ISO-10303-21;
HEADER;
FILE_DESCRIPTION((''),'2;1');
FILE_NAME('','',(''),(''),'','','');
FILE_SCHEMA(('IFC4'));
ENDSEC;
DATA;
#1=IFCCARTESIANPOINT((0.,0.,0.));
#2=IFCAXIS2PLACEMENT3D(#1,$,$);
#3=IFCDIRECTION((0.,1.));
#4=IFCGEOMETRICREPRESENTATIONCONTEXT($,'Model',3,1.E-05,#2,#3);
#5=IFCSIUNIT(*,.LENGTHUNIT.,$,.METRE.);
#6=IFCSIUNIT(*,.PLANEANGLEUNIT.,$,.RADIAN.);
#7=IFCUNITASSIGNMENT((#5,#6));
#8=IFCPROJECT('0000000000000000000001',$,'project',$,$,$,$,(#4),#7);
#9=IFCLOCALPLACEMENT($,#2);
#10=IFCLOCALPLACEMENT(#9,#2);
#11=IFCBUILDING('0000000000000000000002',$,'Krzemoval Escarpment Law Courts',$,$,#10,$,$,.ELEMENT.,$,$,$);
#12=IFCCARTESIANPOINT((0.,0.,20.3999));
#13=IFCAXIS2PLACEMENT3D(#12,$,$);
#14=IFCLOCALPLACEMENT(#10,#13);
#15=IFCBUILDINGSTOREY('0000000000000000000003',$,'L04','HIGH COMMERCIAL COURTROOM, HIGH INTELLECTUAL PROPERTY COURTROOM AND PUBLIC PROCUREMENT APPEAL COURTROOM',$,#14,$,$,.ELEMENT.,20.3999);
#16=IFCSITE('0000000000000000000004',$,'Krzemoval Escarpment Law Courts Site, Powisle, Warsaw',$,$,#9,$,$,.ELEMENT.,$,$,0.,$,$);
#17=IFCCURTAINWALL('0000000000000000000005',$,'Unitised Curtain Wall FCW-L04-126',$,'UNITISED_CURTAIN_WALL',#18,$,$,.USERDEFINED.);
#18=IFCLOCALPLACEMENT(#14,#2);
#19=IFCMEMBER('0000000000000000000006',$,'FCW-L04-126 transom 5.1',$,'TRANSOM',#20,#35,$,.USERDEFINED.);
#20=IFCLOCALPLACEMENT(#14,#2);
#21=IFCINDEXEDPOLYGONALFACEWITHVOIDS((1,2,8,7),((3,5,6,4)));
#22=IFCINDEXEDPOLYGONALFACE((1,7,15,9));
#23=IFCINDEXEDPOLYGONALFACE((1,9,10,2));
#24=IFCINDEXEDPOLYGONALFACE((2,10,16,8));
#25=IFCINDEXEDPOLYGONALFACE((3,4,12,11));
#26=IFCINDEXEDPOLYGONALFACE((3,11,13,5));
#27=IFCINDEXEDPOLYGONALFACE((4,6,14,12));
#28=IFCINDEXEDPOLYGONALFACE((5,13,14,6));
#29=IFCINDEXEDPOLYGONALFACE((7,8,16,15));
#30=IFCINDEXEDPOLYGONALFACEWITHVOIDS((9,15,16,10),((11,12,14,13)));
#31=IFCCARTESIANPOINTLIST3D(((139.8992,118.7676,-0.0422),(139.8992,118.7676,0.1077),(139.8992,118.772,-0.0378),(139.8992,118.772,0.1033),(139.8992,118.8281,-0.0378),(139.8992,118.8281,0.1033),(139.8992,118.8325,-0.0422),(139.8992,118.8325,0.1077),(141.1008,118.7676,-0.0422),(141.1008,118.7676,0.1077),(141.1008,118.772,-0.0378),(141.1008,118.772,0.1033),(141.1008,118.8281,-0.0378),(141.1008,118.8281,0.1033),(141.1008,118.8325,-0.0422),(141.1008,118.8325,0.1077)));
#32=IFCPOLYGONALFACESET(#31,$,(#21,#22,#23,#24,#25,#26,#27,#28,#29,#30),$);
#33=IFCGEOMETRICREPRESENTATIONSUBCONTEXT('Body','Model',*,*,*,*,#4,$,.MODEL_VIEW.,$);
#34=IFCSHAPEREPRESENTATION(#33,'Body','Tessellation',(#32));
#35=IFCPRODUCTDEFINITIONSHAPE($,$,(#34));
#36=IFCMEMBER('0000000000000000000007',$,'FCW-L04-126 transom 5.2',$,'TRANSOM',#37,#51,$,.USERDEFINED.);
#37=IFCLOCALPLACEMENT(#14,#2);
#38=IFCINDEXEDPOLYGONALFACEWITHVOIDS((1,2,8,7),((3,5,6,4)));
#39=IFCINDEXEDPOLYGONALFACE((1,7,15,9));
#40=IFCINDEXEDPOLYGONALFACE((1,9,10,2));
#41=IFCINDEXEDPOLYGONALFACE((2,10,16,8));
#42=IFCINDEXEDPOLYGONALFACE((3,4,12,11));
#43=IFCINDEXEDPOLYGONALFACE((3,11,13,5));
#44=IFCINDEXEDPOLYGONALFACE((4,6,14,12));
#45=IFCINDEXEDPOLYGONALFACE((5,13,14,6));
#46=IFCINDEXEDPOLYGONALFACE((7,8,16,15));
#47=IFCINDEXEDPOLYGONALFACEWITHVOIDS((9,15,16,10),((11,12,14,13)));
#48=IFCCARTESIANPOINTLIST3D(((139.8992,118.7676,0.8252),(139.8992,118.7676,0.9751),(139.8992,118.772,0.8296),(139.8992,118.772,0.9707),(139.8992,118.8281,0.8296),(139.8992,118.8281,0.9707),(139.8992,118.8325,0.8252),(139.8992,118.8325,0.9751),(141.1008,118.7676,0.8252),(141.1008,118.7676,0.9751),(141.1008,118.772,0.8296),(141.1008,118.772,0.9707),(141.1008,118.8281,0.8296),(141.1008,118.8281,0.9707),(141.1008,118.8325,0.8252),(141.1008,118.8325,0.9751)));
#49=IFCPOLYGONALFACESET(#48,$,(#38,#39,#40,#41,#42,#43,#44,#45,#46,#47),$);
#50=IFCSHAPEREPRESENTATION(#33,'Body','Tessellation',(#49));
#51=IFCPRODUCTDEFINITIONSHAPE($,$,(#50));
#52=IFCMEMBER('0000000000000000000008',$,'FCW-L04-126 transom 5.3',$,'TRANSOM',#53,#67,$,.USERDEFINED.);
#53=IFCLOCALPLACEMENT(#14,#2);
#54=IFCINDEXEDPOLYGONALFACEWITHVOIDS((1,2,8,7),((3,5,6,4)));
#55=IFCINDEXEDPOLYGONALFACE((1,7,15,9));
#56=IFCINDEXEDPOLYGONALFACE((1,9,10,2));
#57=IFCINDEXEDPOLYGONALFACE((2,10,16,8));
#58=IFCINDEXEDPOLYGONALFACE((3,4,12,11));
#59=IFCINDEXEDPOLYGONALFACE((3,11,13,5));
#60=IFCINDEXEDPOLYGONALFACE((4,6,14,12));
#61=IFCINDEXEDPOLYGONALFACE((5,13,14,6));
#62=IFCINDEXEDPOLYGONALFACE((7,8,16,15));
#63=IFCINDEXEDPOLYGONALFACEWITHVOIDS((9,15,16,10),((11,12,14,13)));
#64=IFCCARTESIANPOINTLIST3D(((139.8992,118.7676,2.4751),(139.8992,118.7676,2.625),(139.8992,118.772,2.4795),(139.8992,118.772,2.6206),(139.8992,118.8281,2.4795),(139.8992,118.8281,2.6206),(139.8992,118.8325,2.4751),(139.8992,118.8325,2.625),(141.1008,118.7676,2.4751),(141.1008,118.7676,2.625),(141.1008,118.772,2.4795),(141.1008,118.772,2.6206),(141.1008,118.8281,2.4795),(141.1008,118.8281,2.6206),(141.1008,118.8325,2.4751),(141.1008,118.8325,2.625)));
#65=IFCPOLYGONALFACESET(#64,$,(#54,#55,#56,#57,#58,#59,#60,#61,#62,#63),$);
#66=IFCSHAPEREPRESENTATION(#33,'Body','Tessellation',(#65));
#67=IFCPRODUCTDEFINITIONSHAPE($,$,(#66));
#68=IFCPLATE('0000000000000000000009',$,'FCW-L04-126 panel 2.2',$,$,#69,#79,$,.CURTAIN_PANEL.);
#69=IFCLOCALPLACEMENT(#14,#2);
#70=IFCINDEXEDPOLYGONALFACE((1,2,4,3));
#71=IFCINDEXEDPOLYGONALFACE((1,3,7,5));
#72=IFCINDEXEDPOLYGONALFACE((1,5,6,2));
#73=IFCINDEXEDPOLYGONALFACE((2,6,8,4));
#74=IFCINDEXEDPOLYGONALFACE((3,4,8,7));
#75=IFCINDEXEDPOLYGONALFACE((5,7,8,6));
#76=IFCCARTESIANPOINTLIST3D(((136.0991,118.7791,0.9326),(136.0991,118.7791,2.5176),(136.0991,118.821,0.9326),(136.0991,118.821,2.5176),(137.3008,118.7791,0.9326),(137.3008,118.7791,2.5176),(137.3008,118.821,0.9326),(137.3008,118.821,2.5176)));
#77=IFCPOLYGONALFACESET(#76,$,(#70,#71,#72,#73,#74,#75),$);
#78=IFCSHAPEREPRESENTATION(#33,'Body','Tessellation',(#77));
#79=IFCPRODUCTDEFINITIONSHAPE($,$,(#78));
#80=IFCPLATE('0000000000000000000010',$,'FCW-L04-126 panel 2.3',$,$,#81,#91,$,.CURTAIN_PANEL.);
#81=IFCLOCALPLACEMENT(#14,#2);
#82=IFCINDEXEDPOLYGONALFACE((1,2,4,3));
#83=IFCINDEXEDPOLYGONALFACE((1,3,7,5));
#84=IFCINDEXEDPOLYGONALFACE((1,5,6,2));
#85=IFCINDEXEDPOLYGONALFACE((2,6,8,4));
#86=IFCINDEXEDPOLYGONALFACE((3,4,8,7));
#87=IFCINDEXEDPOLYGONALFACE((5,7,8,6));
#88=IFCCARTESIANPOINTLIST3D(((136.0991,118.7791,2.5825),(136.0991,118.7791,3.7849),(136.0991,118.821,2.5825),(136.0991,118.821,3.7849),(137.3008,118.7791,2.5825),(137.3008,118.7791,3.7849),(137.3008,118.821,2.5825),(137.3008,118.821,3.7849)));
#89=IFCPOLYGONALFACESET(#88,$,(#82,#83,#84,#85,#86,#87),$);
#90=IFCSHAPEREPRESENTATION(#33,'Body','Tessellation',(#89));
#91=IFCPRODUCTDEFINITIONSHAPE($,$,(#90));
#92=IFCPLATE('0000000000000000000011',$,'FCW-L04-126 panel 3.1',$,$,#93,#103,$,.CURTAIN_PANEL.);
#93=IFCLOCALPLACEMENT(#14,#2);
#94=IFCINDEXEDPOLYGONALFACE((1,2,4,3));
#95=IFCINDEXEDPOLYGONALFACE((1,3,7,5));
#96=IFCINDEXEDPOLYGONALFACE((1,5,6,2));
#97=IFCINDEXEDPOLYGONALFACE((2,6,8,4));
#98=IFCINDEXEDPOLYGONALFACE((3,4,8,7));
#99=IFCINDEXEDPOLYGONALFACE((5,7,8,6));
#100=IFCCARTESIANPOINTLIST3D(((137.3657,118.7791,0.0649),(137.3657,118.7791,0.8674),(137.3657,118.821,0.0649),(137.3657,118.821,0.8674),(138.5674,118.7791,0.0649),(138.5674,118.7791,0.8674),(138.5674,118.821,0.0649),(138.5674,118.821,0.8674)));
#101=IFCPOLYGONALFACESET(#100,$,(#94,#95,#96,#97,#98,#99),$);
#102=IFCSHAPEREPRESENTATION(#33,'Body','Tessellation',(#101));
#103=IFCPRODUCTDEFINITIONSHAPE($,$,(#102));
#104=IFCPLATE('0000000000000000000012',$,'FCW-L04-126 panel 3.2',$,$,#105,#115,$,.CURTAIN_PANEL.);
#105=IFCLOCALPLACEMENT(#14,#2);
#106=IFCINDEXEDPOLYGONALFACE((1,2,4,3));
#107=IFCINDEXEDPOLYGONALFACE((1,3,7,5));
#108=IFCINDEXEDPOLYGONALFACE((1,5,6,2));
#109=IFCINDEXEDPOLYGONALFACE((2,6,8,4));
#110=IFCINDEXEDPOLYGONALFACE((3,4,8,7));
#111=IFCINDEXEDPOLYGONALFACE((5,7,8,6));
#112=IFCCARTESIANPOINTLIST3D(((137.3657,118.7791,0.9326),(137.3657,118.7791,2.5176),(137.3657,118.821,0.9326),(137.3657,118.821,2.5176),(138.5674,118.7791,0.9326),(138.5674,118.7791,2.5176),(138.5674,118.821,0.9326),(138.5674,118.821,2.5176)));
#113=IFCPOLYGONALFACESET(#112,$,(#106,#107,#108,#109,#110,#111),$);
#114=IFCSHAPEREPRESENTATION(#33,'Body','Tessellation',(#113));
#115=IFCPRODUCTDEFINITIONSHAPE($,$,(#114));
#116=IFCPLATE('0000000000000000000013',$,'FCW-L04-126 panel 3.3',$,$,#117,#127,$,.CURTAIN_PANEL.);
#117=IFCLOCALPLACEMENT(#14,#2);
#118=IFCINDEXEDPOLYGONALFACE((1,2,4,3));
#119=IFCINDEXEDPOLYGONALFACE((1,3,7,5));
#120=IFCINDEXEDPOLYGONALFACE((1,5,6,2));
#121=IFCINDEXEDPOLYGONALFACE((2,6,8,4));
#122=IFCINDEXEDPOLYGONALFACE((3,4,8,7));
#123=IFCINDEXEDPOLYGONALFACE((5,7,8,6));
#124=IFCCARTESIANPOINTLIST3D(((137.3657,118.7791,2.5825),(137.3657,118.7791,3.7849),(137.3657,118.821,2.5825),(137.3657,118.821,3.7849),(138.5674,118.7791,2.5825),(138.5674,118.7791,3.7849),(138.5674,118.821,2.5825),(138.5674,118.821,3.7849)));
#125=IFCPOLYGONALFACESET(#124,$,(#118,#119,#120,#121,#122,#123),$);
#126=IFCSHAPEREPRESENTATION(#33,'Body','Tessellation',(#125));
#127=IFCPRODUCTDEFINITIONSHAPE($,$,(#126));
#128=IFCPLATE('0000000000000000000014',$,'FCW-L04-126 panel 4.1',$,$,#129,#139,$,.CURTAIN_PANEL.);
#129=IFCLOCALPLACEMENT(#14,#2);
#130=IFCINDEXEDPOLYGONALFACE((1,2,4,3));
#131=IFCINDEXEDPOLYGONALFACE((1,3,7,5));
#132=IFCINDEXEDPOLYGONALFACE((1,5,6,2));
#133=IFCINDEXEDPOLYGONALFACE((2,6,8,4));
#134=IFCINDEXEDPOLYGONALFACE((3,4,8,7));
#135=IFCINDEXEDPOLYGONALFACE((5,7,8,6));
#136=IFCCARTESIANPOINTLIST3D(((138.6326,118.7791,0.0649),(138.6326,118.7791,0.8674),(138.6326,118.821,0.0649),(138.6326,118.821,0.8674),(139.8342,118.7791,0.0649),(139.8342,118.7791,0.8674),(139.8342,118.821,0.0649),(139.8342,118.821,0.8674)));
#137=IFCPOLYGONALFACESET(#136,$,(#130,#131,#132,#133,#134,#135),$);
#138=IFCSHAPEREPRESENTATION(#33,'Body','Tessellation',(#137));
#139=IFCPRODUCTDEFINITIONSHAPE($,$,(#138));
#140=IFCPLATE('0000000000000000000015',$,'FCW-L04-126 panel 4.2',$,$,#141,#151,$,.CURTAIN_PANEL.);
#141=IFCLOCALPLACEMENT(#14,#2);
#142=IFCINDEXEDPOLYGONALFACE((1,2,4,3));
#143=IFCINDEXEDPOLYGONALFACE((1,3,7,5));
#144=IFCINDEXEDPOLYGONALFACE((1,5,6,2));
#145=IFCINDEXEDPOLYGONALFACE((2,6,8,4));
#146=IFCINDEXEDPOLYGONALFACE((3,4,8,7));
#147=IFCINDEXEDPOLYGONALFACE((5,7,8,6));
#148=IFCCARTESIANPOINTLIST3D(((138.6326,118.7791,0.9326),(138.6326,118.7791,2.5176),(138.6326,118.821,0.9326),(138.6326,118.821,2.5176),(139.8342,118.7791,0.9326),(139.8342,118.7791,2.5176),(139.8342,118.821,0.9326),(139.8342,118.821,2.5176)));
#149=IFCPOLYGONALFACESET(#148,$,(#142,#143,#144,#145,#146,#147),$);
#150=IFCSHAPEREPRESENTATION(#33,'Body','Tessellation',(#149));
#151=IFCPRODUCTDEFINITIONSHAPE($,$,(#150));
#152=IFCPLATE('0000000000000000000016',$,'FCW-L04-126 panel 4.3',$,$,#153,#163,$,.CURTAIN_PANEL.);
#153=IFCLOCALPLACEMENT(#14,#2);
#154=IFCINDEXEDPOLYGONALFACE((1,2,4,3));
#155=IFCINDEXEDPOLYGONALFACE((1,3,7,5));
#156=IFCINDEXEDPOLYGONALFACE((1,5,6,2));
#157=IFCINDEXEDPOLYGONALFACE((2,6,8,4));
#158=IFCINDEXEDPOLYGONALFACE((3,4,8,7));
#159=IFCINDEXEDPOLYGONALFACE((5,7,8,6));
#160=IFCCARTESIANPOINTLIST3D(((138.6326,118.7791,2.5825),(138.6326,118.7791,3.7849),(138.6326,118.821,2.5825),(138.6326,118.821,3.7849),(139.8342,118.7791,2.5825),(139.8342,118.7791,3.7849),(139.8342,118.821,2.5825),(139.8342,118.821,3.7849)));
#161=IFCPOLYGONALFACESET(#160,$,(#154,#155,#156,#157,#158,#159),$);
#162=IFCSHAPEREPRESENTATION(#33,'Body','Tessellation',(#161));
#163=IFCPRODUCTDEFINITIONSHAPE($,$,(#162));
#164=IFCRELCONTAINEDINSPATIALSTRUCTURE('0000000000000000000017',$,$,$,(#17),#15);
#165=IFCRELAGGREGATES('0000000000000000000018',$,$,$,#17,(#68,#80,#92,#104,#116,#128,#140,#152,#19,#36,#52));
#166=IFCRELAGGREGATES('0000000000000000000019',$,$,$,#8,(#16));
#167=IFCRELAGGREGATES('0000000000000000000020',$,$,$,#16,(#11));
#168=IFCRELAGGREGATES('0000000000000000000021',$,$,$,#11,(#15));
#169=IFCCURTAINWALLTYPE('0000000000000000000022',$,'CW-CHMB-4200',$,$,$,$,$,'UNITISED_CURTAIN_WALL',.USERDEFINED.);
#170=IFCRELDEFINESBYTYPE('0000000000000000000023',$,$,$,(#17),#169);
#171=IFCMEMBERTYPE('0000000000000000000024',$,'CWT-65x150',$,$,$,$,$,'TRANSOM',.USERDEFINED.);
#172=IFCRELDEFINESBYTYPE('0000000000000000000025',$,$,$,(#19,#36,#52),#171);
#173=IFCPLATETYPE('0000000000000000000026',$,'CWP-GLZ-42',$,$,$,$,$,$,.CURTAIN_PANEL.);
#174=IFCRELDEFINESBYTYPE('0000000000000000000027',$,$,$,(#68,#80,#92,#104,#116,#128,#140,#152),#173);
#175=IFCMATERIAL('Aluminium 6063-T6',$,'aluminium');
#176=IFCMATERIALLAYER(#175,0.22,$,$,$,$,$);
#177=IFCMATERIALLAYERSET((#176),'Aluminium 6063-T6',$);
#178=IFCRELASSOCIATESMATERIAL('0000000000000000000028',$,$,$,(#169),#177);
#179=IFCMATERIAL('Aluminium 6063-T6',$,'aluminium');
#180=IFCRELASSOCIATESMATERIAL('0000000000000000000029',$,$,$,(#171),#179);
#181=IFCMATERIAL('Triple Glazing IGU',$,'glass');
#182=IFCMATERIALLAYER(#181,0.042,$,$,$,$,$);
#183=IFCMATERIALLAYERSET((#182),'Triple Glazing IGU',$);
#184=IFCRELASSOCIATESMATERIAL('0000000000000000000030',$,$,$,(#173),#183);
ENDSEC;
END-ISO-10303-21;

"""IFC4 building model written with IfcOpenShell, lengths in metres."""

from ifc_helpers import new_model, si_unit, direction, frame, origin, origin_2d, place, context, subcontext, project, spatial, rectangle, hollow_rectangle, extrude, material, layer, layer_set, material_profile, profile_set, type_object, element, aggregate, save


model = new_model("IFC4")

# Units and contexts
model_context = context("Model", 3, precision=1e-05, world=origin(), true_north=direction((0.0, 1.0)))
body_context = subcontext(model_context, "Body", "Model", "MODEL_VIEW")
ifc_project = project(units=[si_unit("LENGTHUNIT", "METRE"), si_unit("PLANEANGLEUNIT", "RADIAN")], contexts=[model_context])

# Site, building, storey
site_placement = place(None, origin())
site = spatial("IfcSite", under=ifc_project, at=site_placement, Name="Krzemoval Escarpment Law Courts Site, Powisle, Warsaw", CompositionType="ELEMENT", RefElevation=0.0)
building_placement = place(site_placement, origin())
building = spatial("IfcBuilding", under=site, at=building_placement, Name="Krzemoval Escarpment Law Courts", CompositionType="ELEMENT")
storey_placement = place(building_placement, frame((0.0, 0.0, 20.3999)))
storey = spatial("IfcBuildingStorey", under=building, at=storey_placement, Name="L04", Description="HIGH COMMERCIAL COURTROOM, HIGH INTELLECTUAL PROPERTY COURTROOM AND PUBLIC PROCUREMENT APPEAL COURTROOM", CompositionType="ELEMENT", Elevation=20.3999)

# Curtain wall, members, plates
ifc_material_1 = material(Name="Aluminium 6063-T6", Category="aluminium")
ifc_layer_1 = layer(ifc_material_1, 0.22)
ifc_layer_set_1 = layer_set([ifc_layer_1], Name="Aluminium 6063-T6")
curtain_wall_type = type_object("IfcCurtainWallType", Name="CW-CHMB-4200", ElementType="UNITISED_CURTAIN_WALL", PredefinedType="USERDEFINED", material=ifc_layer_set_1)
curtain_wall_placement = place(storey_placement, origin())
curtain_wall = element("IfcCurtainWall", 1, at=curtain_wall_placement, inside=storey, type_object=curtain_wall_type, Name="Unitised Curtain Wall FCW-L04-126", ObjectType="UNITISED_CURTAIN_WALL", PredefinedType="USERDEFINED")
ifc_material_2 = material(Name="Aluminium 6063-T6", Category="aluminium")
ifc_material_profile_1 = material_profile(ifc_material_2, hollow_rectangle(XDim=0.0649, YDim=0.1499, WallThickness=0.0044, at=origin_2d()), Name="ALU T65x150")
ifc_profile_set_1 = profile_set([ifc_material_profile_1], Name="Aluminium 6063-T6")
member_type_1 = type_object("IfcMemberType", Name="CWT-65x150", ElementType="TRANSOM", PredefinedType="USERDEFINED", material=ifc_profile_set_1)
member_1_placement = place(storey_placement, frame((139.8992, 118.8, 0.0327), z_axis=(1.0, 0.0, 0.0), x_axis=(0.0, 1.0, 0.0)))
member_1 = element("IfcMember", 2, at=member_1_placement, type_object=member_type_1, Name="FCW-L04-126 transom 5.1", ObjectType="TRANSOM", PredefinedType="USERDEFINED", context=body_context, shape_type="SweptSolid", body=[
    extrude(hollow_rectangle(XDim=0.0649, YDim=0.1499, WallThickness=0.0044, at=origin_2d()), origin(), (0.0, 0.0, 1.0), 1.2017),
])
member_2_placement = place(storey_placement, frame((139.8992, 118.8, 0.9001), z_axis=(1.0, 0.0, 0.0), x_axis=(0.0, 1.0, 0.0)))
member_2 = element("IfcMember", 3, at=member_2_placement, type_object=member_type_1, Name="FCW-L04-126 transom 5.2", ObjectType="TRANSOM", PredefinedType="USERDEFINED", context=body_context, shape_type="SweptSolid", body=[
    extrude(hollow_rectangle(XDim=0.0649, YDim=0.1499, WallThickness=0.0044, at=origin_2d()), origin(), (0.0, 0.0, 1.0), 1.2017),
])
member_3_placement = place(storey_placement, frame((139.8992, 118.8, 2.55), z_axis=(1.0, 0.0, 0.0), x_axis=(0.0, 1.0, 0.0)))
member_3 = element("IfcMember", 4, at=member_3_placement, type_object=member_type_1, Name="FCW-L04-126 transom 5.3", ObjectType="TRANSOM", PredefinedType="USERDEFINED", context=body_context, shape_type="SweptSolid", body=[
    extrude(hollow_rectangle(XDim=0.0649, YDim=0.1499, WallThickness=0.0044, at=origin_2d()), origin(), (0.0, 0.0, 1.0), 1.2017),
])
ifc_material_3 = material(Name="Triple Glazing IGU", Category="glass")
ifc_layer_2 = layer(ifc_material_3, 0.042)
ifc_layer_set_2 = layer_set([ifc_layer_2], Name="Triple Glazing IGU")
plate_type = type_object("IfcPlateType", Name="CWP-GLZ-42", PredefinedType="CURTAIN_PANEL", material=ifc_layer_set_2)
plate_1_placement = place(storey_placement, frame((136.7, 118.8, 0.9326), z_axis=(0.0, 0.0, 1.0), x_axis=(1.0, 0.0, 0.0)))
plate_1 = element("IfcPlate", 5, at=plate_1_placement, type_object=plate_type, Name="FCW-L04-126 panel 2.2", PredefinedType="CURTAIN_PANEL", context=body_context, shape_type="SweptSolid", body=[
    extrude(rectangle(XDim=1.2017, YDim=0.042, at=origin_2d()), origin(), (0.0, 0.0, 1.0), 1.585),
])
plate_2_placement = place(storey_placement, frame((136.7, 118.8, 2.5825), z_axis=(0.0, 0.0, 1.0), x_axis=(1.0, 0.0, 0.0)))
plate_2 = element("IfcPlate", 6, at=plate_2_placement, type_object=plate_type, Name="FCW-L04-126 panel 2.3", PredefinedType="CURTAIN_PANEL", context=body_context, shape_type="SweptSolid", body=[
    extrude(rectangle(XDim=1.2017, YDim=0.042, at=origin_2d()), origin(), (0.0, 0.0, 1.0), 1.2024),
])
plate_3_placement = place(storey_placement, frame((137.9666, 118.8, 0.0649), z_axis=(0.0, 0.0, 1.0), x_axis=(1.0, 0.0, 0.0)))
plate_3 = element("IfcPlate", 7, at=plate_3_placement, type_object=plate_type, Name="FCW-L04-126 panel 3.1", PredefinedType="CURTAIN_PANEL", context=body_context, shape_type="SweptSolid", body=[
    extrude(rectangle(XDim=1.2017, YDim=0.042, at=origin_2d()), origin(), (0.0, 0.0, 1.0), 0.8025),
])
plate_4_placement = place(storey_placement, frame((137.9666, 118.8, 0.9326), z_axis=(0.0, 0.0, 1.0), x_axis=(1.0, 0.0, 0.0)))
plate_4 = element("IfcPlate", 8, at=plate_4_placement, type_object=plate_type, Name="FCW-L04-126 panel 3.2", PredefinedType="CURTAIN_PANEL", context=body_context, shape_type="SweptSolid", body=[
    extrude(rectangle(XDim=1.2017, YDim=0.042, at=origin_2d()), origin(), (0.0, 0.0, 1.0), 1.585),
])
plate_5_placement = place(storey_placement, frame((137.9666, 118.8, 2.5825), z_axis=(0.0, 0.0, 1.0), x_axis=(1.0, 0.0, 0.0)))
plate_5 = element("IfcPlate", 9, at=plate_5_placement, type_object=plate_type, Name="FCW-L04-126 panel 3.3", PredefinedType="CURTAIN_PANEL", context=body_context, shape_type="SweptSolid", body=[
    extrude(rectangle(XDim=1.2017, YDim=0.042, at=origin_2d()), origin(), (0.0, 0.0, 1.0), 1.2024),
])
plate_6_placement = place(storey_placement, frame((139.2334, 118.8, 0.0649), z_axis=(0.0, 0.0, 1.0), x_axis=(1.0, 0.0, 0.0)))
plate_6 = element("IfcPlate", 10, at=plate_6_placement, type_object=plate_type, Name="FCW-L04-126 panel 4.1", PredefinedType="CURTAIN_PANEL", context=body_context, shape_type="SweptSolid", body=[
    extrude(rectangle(XDim=1.2017, YDim=0.042, at=origin_2d()), origin(), (0.0, 0.0, 1.0), 0.8025),
])
plate_7_placement = place(storey_placement, frame((139.2334, 118.8, 0.9326), z_axis=(0.0, 0.0, 1.0), x_axis=(1.0, 0.0, 0.0)))
plate_7 = element("IfcPlate", 11, at=plate_7_placement, type_object=plate_type, Name="FCW-L04-126 panel 4.2", PredefinedType="CURTAIN_PANEL", context=body_context, shape_type="SweptSolid", body=[
    extrude(rectangle(XDim=1.2017, YDim=0.042, at=origin_2d()), origin(), (0.0, 0.0, 1.0), 1.585),
])
plate_8_placement = place(storey_placement, frame((139.2334, 118.8, 2.5825), z_axis=(0.0, 0.0, 1.0), x_axis=(1.0, 0.0, 0.0)))
plate_8 = element("IfcPlate", 12, at=plate_8_placement, type_object=plate_type, Name="FCW-L04-126 panel 4.3", PredefinedType="CURTAIN_PANEL", context=body_context, shape_type="SweptSolid", body=[
    extrude(rectangle(XDim=1.2017, YDim=0.042, at=origin_2d()), origin(), (0.0, 0.0, 1.0), 1.2024),
])
aggregate(curtain_wall, [plate_1, plate_2, plate_3, plate_4, plate_5, plate_6, plate_7, plate_8, member_1, member_2, member_3])

save(model, "model.ifc")
